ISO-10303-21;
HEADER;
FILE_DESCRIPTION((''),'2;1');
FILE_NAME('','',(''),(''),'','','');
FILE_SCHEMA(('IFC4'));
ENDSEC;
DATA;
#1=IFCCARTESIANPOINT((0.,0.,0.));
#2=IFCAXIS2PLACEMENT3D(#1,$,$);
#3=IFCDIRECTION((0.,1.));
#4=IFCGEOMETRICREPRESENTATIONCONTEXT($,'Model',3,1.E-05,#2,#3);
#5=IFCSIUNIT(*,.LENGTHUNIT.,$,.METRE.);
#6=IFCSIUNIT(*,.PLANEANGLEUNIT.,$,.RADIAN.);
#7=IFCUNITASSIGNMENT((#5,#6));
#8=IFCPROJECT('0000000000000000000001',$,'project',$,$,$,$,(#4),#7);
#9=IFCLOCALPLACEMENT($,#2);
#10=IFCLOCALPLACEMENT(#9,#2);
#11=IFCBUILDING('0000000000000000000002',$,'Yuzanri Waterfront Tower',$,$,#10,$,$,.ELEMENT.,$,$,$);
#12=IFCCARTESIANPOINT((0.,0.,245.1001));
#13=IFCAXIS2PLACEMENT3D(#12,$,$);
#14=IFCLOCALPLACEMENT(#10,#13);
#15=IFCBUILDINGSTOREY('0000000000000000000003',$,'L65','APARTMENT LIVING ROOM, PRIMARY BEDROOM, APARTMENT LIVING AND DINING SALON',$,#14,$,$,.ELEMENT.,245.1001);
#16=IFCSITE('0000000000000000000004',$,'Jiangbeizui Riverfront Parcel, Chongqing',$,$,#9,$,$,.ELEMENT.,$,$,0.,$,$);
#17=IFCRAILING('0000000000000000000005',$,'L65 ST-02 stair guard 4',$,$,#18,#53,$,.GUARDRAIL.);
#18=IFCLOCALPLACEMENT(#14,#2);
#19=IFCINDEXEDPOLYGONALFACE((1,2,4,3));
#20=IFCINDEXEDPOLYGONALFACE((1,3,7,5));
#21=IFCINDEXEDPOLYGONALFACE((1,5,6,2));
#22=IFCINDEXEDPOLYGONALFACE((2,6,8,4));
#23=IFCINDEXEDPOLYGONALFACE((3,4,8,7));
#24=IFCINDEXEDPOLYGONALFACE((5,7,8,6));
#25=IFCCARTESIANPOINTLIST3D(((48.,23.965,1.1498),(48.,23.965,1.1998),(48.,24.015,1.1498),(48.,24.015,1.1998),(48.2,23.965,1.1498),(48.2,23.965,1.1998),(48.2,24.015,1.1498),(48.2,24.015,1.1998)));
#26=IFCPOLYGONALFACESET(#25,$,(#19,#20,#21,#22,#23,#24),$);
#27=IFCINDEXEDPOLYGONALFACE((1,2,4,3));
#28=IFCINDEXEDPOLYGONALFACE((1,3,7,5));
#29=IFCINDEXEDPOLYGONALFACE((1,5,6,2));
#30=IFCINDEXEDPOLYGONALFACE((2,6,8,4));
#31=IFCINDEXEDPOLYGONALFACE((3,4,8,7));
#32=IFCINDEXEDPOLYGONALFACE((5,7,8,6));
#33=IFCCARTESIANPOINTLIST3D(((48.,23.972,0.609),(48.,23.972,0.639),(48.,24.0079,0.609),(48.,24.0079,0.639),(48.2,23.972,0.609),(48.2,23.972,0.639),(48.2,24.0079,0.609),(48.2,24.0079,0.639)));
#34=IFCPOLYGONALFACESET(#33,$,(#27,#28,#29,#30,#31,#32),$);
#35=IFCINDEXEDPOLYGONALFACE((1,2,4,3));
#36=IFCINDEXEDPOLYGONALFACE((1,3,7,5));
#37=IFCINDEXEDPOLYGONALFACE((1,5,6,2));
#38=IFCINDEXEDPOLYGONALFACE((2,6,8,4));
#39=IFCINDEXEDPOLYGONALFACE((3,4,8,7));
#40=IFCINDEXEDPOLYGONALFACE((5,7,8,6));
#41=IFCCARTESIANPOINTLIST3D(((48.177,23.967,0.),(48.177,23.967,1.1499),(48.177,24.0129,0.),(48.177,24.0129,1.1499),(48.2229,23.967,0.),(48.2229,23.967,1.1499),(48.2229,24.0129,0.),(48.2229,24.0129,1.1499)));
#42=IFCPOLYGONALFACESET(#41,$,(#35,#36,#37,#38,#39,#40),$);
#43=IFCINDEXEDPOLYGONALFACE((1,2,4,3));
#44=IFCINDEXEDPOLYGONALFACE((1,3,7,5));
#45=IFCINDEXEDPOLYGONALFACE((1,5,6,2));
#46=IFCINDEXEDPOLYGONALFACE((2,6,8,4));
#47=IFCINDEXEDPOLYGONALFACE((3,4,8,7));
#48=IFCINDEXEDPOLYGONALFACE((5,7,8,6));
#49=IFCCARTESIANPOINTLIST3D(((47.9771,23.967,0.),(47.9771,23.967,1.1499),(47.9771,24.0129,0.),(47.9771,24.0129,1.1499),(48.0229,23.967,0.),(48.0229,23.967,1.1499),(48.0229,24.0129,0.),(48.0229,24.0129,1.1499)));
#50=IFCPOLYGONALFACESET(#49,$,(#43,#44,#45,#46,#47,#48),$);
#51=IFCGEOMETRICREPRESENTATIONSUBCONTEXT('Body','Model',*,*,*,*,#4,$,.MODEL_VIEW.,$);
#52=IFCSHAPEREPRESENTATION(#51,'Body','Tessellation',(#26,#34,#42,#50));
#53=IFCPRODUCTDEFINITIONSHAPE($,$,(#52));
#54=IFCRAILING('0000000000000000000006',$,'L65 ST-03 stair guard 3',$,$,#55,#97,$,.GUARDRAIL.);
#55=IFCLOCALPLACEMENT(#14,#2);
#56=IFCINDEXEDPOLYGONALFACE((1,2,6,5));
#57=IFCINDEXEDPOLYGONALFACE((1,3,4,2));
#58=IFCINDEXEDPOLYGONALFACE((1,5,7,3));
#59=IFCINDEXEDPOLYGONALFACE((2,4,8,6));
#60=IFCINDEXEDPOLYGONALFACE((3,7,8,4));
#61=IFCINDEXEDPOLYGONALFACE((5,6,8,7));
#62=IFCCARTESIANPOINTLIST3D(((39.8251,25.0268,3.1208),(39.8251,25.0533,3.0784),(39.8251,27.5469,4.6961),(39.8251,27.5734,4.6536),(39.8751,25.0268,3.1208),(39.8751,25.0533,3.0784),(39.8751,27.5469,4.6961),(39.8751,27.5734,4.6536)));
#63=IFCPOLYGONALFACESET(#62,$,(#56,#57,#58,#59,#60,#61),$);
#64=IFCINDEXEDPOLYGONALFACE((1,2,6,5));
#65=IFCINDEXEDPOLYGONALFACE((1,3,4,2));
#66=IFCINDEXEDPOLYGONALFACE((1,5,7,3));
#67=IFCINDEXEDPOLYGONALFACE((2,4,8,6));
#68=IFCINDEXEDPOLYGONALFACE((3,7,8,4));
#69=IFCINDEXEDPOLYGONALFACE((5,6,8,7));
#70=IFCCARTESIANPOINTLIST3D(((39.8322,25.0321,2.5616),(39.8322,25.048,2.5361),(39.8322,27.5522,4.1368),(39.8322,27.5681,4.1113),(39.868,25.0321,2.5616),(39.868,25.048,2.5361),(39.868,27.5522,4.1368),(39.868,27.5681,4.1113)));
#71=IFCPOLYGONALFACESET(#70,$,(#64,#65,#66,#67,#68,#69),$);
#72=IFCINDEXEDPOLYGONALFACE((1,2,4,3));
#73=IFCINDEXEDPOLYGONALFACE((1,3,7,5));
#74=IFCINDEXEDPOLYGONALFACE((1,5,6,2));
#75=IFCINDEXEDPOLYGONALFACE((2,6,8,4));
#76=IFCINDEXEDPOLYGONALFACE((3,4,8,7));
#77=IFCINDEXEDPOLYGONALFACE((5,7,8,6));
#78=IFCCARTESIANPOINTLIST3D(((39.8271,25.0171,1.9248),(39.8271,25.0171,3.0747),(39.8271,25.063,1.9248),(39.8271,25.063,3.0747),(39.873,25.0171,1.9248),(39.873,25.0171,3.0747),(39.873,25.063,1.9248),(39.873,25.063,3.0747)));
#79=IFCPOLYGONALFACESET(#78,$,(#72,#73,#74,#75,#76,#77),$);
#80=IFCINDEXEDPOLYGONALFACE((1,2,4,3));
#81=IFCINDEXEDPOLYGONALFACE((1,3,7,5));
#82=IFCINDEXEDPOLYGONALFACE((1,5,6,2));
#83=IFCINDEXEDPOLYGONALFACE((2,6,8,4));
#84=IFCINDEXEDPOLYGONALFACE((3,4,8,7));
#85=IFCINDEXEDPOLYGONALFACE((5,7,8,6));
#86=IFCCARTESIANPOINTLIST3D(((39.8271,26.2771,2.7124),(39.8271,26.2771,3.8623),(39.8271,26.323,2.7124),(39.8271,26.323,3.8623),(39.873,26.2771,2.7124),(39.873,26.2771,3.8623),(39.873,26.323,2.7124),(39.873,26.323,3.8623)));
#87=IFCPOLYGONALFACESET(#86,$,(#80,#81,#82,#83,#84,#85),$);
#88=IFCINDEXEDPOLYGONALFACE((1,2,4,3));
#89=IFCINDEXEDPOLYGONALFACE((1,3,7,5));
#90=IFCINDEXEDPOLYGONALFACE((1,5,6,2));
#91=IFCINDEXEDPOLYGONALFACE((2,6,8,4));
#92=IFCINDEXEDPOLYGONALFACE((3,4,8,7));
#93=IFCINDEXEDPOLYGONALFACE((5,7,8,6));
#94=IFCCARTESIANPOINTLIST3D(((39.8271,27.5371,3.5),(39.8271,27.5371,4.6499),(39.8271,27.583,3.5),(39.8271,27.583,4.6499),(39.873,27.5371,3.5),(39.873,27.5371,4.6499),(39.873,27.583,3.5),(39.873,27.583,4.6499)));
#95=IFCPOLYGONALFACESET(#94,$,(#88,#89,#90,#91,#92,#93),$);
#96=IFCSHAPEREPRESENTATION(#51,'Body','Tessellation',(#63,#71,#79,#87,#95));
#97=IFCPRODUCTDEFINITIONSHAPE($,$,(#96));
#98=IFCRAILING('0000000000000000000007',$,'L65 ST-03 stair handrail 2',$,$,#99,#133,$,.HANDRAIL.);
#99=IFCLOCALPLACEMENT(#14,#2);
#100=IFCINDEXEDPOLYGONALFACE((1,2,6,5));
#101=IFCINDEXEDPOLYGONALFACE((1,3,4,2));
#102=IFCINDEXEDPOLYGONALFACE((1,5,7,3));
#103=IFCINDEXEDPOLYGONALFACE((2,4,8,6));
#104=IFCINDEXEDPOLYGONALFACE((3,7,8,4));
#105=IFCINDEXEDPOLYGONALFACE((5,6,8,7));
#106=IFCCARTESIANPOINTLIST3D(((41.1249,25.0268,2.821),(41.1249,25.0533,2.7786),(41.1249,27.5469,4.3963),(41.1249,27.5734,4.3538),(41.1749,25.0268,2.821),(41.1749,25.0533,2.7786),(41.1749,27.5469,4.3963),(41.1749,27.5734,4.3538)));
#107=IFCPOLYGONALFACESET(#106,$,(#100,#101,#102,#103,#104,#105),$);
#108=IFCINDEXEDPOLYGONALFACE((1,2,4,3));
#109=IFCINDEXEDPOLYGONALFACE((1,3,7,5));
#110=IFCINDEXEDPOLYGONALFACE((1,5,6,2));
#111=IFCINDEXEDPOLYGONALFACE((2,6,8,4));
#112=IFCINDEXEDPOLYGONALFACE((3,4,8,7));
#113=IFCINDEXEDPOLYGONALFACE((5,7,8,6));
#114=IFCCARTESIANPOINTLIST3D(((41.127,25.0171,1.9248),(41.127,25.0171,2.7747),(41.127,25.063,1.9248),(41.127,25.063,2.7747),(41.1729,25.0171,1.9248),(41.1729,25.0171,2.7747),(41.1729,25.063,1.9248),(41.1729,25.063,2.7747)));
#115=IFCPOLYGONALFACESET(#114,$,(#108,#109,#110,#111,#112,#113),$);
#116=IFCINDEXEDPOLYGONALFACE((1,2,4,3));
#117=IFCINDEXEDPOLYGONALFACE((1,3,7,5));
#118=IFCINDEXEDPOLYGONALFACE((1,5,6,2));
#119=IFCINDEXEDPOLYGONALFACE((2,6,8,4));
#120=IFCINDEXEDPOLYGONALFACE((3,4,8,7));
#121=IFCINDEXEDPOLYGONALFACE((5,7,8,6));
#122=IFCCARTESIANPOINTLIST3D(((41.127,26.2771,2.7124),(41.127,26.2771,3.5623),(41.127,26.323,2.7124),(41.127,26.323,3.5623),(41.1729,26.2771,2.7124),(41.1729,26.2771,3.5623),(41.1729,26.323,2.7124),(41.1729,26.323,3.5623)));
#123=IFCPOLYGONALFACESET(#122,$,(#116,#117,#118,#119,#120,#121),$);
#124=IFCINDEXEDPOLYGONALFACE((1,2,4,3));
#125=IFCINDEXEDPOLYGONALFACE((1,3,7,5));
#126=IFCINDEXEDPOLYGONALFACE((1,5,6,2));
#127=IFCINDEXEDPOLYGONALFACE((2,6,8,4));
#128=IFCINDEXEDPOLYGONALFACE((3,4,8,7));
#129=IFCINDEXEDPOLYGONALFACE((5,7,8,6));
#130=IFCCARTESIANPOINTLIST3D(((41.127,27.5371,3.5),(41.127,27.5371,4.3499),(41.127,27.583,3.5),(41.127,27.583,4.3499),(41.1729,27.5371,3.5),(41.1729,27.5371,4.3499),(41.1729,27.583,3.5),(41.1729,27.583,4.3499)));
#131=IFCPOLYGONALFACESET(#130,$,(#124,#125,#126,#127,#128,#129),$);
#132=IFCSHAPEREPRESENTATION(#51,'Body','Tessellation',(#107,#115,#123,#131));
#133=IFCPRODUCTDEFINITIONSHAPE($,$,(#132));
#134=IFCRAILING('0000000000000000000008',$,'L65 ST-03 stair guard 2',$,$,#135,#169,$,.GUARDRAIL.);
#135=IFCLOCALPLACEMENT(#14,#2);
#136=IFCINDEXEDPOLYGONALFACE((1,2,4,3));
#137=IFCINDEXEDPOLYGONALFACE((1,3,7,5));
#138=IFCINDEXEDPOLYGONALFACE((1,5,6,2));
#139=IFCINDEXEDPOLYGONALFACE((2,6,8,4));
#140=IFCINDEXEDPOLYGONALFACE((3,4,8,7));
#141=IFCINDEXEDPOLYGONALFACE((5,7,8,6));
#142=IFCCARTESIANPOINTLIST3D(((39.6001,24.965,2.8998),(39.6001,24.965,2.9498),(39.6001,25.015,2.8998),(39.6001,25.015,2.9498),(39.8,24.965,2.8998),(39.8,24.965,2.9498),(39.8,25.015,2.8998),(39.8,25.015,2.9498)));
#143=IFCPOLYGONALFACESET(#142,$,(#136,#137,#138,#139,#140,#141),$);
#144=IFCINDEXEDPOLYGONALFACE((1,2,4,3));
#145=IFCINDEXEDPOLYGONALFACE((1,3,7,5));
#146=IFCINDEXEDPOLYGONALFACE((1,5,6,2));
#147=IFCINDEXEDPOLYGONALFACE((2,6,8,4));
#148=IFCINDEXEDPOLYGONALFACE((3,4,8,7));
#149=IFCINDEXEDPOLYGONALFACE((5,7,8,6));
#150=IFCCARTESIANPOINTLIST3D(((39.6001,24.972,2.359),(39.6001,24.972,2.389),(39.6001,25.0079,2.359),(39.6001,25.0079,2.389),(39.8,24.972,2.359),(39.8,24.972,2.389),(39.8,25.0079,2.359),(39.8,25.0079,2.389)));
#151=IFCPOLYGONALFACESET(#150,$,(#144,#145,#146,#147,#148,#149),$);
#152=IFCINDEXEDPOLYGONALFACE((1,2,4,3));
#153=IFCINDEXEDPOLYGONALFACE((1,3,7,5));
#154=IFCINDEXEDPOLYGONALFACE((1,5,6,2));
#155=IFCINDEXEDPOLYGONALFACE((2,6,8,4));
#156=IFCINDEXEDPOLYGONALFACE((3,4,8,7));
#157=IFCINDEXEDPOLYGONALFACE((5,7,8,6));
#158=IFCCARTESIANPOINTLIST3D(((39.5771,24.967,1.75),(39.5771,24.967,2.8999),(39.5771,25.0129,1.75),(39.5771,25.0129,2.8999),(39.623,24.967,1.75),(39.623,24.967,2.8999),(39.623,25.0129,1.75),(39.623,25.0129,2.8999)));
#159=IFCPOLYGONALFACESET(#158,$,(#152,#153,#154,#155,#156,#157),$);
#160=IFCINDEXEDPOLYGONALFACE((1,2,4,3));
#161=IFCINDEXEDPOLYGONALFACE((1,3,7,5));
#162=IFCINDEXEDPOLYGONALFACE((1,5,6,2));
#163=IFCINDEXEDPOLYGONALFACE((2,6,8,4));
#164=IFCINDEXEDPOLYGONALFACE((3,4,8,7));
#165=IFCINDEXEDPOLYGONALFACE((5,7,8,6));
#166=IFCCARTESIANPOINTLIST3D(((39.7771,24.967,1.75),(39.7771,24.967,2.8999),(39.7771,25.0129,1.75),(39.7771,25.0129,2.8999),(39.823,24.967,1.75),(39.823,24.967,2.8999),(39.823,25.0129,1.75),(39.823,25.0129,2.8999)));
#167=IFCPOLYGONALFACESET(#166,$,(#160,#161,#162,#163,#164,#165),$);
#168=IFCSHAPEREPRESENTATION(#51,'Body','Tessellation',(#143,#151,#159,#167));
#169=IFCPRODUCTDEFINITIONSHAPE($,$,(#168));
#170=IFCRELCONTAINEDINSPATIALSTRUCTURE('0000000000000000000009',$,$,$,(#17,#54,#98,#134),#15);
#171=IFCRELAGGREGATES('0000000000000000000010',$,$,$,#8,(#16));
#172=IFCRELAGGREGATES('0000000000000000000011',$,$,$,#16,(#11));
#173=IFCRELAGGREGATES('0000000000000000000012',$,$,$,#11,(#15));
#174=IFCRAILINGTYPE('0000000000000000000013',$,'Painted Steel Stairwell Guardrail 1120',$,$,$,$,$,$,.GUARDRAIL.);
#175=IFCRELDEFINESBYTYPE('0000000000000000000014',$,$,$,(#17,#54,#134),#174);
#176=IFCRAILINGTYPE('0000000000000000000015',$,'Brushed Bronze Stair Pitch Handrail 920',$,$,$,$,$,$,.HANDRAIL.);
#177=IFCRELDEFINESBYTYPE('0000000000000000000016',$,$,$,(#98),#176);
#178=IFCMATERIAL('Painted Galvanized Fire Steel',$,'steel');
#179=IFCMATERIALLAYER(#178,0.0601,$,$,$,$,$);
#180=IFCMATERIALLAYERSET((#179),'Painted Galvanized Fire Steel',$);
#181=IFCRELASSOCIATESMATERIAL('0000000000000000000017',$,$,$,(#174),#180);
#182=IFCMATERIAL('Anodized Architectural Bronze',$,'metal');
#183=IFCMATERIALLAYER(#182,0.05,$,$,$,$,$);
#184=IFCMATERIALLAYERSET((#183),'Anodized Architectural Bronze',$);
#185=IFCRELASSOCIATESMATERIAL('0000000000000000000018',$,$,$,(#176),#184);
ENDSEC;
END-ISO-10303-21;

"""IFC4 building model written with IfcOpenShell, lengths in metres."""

from ifc_helpers import new_model, si_unit, direction, frame, origin, origin_2d, place, context, subcontext, project, spatial, rectangle, extrude, source, transform, mapped, material, layer, layer_set, type_object, element, save


model = new_model("IFC4")

# Units and contexts
model_context = context("Model", 3, precision=1e-05, world=origin(), true_north=direction((0.0, 1.0)))
body_context = subcontext(model_context, "Body", "Model", "MODEL_VIEW")
ifc_project = project(units=[si_unit("LENGTHUNIT", "METRE"), si_unit("PLANEANGLEUNIT", "RADIAN")], contexts=[model_context])

# Site, building, storey
site_placement = place(None, origin())
site = spatial("IfcSite", under=ifc_project, at=site_placement, Name="Jiangbeizui Riverfront Parcel, Chongqing", CompositionType="ELEMENT", RefElevation=0.0)
building_placement = place(site_placement, origin())
building = spatial("IfcBuilding", under=site, at=building_placement, Name="Yuzanri Waterfront Tower", CompositionType="ELEMENT")
storey_placement = place(building_placement, frame((0.0, 0.0, 245.1001)))
storey = spatial("IfcBuildingStorey", under=building, at=storey_placement, Name="L65", Description="APARTMENT LIVING ROOM, PRIMARY BEDROOM, APARTMENT LIVING AND DINING SALON", CompositionType="ELEMENT", Elevation=245.1001)

# Railings
ifc_material_1 = material(Name="Painted Galvanized Fire Steel", Category="steel")
ifc_layer_1 = layer(ifc_material_1, 0.0601)
ifc_layer_set_1 = layer_set([ifc_layer_1], Name="Painted Galvanized Fire Steel")
railing_type_1 = type_object("IfcRailingType", Name="Painted Steel Stairwell Guardrail 1120", PredefinedType="GUARDRAIL", material=ifc_layer_set_1)
shared_shape_1 = source(origin(), body_context, "Body", "SweptSolid", [
    extrude(rectangle(XDim=0.05, YDim=0.05, at=origin_2d()), frame((0.0, 0.0, 1.1748), z_axis=(-1.0, 0.0, 0.0), x_axis=(0.0, -1.0, 0.0)), (0.0, 0.0, 1.0), 0.2),
    extrude(rectangle(XDim=0.0359, YDim=0.03, at=origin_2d()), frame((0.0, 0.0, 0.624), z_axis=(-1.0, 0.0, 0.0), x_axis=(0.0, -1.0, 0.0)), (0.0, 0.0, 1.0), 0.2),
    extrude(rectangle(XDim=0.0459, YDim=0.0459, at=origin_2d()), origin(), (0.0, 0.0, 1.0), 1.1499),
    extrude(rectangle(XDim=0.0459, YDim=0.0459, at=origin_2d()), frame((-0.2, 0.0, 0.0)), (0.0, 0.0, 1.0), 1.1499),
])
railing_1_placement = place(storey_placement, frame((48.2, 23.99, 0.0)))
element("IfcRailing", 1, at=railing_1_placement, inside=storey, type_object=railing_type_1, Name="L65 ST-02 stair guard 4", PredefinedType="GUARDRAIL", context=body_context, shape_type="MappedRepresentation", body=[
    mapped(shared_shape_1, transform((0.0, 0.0, 0.0), scale=1.0)),
])
shared_shape_2 = source(origin(), body_context, "Body", "SweptSolid", [
    extrude(rectangle(XDim=0.05, YDim=0.05, at=origin_2d()), frame((0.0, 0.0, 1.1748), z_axis=(0.0, 0.847971, 0.530043), x_axis=(-1.0, 0.0, 0.0)), (0.0, 0.0, 1.0), 2.9719),
    extrude(rectangle(XDim=0.0359, YDim=0.03, at=origin_2d()), frame((0.0, 0.0, 0.624), z_axis=(0.0, 0.847971, 0.530043), x_axis=(-1.0, 0.0, 0.0)), (0.0, 0.0, 1.0), 2.9719),
    extrude(rectangle(XDim=0.0459, YDim=0.0459, at=origin_2d()), origin(), (0.0, 0.0, 1.0), 1.1499),
    extrude(rectangle(XDim=0.0459, YDim=0.0459, at=origin_2d()), frame((0.0, 1.26, 0.7876)), (0.0, 0.0, 1.0), 1.1499),
    extrude(rectangle(XDim=0.0459, YDim=0.0459, at=origin_2d()), frame((0.0, 2.52, 1.5752)), (0.0, 0.0, 1.0), 1.1499),
])
railing_2_placement = place(storey_placement, frame((39.8501, 25.04, 1.9248)))
element("IfcRailing", 2, at=railing_2_placement, inside=storey, type_object=railing_type_1, Name="L65 ST-03 stair guard 3", PredefinedType="GUARDRAIL", context=body_context, shape_type="MappedRepresentation", body=[
    mapped(shared_shape_2, transform((0.0, 0.0, 0.0), scale=1.0)),
])
ifc_material_2 = material(Name="Anodized Architectural Bronze", Category="metal")
ifc_layer_2 = layer(ifc_material_2, 0.05)
ifc_layer_set_2 = layer_set([ifc_layer_2], Name="Anodized Architectural Bronze")
railing_type_2 = type_object("IfcRailingType", Name="Brushed Bronze Stair Pitch Handrail 920", PredefinedType="HANDRAIL", material=ifc_layer_set_2)
shared_shape_3 = source(origin(), body_context, "Body", "SweptSolid", [
    extrude(rectangle(XDim=0.05, YDim=0.05, at=origin_2d()), frame((0.0, 0.0, 0.875), z_axis=(0.0, 0.847971, 0.530043), x_axis=(-1.0, 0.0, 0.0)), (0.0, 0.0, 1.0), 2.9719),
    extrude(rectangle(XDim=0.0459, YDim=0.0459, at=origin_2d()), origin(), (0.0, 0.0, 1.0), 0.8499),
    extrude(rectangle(XDim=0.0459, YDim=0.0459, at=origin_2d()), frame((0.0, 1.26, 0.7876)), (0.0, 0.0, 1.0), 0.8499),
    extrude(rectangle(XDim=0.0459, YDim=0.0459, at=origin_2d()), frame((0.0, 2.52, 1.5752)), (0.0, 0.0, 1.0), 0.8499),
])
railing_3_placement = place(storey_placement, frame((41.1499, 25.04, 1.9248)))
element("IfcRailing", 3, at=railing_3_placement, inside=storey, type_object=railing_type_2, Name="L65 ST-03 stair handrail 2", PredefinedType="HANDRAIL", context=body_context, shape_type="MappedRepresentation", body=[
    mapped(shared_shape_3, transform((0.0, 0.0, 0.0), scale=1.0)),
])
shared_shape_4 = source(origin(), body_context, "Body", "SweptSolid", [
    extrude(rectangle(XDim=0.05, YDim=0.05, at=origin_2d()), frame((0.0, 0.0, 1.1748), z_axis=(1.0, 0.0, 0.0), x_axis=(0.0, 1.0, 0.0)), (0.0, 0.0, 1.0), 0.2),
    extrude(rectangle(XDim=0.0359, YDim=0.03, at=origin_2d()), frame((0.0, 0.0, 0.624), z_axis=(1.0, 0.0, 0.0), x_axis=(0.0, 1.0, 0.0)), (0.0, 0.0, 1.0), 0.2),
    extrude(rectangle(XDim=0.0459, YDim=0.0459, at=origin_2d()), origin(), (0.0, 0.0, 1.0), 1.1499),
    extrude(rectangle(XDim=0.0459, YDim=0.0459, at=origin_2d()), frame((0.2, 0.0, 0.0)), (0.0, 0.0, 1.0), 1.1499),
])
railing_4_placement = place(storey_placement, frame((39.6001, 24.99, 1.75)))
element("IfcRailing", 4, at=railing_4_placement, inside=storey, type_object=railing_type_1, Name="L65 ST-03 stair guard 2", PredefinedType="GUARDRAIL", context=body_context, shape_type="MappedRepresentation", body=[
    mapped(shared_shape_4, transform((0.0, 0.0, 0.0), scale=1.0)),
])

save(model, "model.ifc")
